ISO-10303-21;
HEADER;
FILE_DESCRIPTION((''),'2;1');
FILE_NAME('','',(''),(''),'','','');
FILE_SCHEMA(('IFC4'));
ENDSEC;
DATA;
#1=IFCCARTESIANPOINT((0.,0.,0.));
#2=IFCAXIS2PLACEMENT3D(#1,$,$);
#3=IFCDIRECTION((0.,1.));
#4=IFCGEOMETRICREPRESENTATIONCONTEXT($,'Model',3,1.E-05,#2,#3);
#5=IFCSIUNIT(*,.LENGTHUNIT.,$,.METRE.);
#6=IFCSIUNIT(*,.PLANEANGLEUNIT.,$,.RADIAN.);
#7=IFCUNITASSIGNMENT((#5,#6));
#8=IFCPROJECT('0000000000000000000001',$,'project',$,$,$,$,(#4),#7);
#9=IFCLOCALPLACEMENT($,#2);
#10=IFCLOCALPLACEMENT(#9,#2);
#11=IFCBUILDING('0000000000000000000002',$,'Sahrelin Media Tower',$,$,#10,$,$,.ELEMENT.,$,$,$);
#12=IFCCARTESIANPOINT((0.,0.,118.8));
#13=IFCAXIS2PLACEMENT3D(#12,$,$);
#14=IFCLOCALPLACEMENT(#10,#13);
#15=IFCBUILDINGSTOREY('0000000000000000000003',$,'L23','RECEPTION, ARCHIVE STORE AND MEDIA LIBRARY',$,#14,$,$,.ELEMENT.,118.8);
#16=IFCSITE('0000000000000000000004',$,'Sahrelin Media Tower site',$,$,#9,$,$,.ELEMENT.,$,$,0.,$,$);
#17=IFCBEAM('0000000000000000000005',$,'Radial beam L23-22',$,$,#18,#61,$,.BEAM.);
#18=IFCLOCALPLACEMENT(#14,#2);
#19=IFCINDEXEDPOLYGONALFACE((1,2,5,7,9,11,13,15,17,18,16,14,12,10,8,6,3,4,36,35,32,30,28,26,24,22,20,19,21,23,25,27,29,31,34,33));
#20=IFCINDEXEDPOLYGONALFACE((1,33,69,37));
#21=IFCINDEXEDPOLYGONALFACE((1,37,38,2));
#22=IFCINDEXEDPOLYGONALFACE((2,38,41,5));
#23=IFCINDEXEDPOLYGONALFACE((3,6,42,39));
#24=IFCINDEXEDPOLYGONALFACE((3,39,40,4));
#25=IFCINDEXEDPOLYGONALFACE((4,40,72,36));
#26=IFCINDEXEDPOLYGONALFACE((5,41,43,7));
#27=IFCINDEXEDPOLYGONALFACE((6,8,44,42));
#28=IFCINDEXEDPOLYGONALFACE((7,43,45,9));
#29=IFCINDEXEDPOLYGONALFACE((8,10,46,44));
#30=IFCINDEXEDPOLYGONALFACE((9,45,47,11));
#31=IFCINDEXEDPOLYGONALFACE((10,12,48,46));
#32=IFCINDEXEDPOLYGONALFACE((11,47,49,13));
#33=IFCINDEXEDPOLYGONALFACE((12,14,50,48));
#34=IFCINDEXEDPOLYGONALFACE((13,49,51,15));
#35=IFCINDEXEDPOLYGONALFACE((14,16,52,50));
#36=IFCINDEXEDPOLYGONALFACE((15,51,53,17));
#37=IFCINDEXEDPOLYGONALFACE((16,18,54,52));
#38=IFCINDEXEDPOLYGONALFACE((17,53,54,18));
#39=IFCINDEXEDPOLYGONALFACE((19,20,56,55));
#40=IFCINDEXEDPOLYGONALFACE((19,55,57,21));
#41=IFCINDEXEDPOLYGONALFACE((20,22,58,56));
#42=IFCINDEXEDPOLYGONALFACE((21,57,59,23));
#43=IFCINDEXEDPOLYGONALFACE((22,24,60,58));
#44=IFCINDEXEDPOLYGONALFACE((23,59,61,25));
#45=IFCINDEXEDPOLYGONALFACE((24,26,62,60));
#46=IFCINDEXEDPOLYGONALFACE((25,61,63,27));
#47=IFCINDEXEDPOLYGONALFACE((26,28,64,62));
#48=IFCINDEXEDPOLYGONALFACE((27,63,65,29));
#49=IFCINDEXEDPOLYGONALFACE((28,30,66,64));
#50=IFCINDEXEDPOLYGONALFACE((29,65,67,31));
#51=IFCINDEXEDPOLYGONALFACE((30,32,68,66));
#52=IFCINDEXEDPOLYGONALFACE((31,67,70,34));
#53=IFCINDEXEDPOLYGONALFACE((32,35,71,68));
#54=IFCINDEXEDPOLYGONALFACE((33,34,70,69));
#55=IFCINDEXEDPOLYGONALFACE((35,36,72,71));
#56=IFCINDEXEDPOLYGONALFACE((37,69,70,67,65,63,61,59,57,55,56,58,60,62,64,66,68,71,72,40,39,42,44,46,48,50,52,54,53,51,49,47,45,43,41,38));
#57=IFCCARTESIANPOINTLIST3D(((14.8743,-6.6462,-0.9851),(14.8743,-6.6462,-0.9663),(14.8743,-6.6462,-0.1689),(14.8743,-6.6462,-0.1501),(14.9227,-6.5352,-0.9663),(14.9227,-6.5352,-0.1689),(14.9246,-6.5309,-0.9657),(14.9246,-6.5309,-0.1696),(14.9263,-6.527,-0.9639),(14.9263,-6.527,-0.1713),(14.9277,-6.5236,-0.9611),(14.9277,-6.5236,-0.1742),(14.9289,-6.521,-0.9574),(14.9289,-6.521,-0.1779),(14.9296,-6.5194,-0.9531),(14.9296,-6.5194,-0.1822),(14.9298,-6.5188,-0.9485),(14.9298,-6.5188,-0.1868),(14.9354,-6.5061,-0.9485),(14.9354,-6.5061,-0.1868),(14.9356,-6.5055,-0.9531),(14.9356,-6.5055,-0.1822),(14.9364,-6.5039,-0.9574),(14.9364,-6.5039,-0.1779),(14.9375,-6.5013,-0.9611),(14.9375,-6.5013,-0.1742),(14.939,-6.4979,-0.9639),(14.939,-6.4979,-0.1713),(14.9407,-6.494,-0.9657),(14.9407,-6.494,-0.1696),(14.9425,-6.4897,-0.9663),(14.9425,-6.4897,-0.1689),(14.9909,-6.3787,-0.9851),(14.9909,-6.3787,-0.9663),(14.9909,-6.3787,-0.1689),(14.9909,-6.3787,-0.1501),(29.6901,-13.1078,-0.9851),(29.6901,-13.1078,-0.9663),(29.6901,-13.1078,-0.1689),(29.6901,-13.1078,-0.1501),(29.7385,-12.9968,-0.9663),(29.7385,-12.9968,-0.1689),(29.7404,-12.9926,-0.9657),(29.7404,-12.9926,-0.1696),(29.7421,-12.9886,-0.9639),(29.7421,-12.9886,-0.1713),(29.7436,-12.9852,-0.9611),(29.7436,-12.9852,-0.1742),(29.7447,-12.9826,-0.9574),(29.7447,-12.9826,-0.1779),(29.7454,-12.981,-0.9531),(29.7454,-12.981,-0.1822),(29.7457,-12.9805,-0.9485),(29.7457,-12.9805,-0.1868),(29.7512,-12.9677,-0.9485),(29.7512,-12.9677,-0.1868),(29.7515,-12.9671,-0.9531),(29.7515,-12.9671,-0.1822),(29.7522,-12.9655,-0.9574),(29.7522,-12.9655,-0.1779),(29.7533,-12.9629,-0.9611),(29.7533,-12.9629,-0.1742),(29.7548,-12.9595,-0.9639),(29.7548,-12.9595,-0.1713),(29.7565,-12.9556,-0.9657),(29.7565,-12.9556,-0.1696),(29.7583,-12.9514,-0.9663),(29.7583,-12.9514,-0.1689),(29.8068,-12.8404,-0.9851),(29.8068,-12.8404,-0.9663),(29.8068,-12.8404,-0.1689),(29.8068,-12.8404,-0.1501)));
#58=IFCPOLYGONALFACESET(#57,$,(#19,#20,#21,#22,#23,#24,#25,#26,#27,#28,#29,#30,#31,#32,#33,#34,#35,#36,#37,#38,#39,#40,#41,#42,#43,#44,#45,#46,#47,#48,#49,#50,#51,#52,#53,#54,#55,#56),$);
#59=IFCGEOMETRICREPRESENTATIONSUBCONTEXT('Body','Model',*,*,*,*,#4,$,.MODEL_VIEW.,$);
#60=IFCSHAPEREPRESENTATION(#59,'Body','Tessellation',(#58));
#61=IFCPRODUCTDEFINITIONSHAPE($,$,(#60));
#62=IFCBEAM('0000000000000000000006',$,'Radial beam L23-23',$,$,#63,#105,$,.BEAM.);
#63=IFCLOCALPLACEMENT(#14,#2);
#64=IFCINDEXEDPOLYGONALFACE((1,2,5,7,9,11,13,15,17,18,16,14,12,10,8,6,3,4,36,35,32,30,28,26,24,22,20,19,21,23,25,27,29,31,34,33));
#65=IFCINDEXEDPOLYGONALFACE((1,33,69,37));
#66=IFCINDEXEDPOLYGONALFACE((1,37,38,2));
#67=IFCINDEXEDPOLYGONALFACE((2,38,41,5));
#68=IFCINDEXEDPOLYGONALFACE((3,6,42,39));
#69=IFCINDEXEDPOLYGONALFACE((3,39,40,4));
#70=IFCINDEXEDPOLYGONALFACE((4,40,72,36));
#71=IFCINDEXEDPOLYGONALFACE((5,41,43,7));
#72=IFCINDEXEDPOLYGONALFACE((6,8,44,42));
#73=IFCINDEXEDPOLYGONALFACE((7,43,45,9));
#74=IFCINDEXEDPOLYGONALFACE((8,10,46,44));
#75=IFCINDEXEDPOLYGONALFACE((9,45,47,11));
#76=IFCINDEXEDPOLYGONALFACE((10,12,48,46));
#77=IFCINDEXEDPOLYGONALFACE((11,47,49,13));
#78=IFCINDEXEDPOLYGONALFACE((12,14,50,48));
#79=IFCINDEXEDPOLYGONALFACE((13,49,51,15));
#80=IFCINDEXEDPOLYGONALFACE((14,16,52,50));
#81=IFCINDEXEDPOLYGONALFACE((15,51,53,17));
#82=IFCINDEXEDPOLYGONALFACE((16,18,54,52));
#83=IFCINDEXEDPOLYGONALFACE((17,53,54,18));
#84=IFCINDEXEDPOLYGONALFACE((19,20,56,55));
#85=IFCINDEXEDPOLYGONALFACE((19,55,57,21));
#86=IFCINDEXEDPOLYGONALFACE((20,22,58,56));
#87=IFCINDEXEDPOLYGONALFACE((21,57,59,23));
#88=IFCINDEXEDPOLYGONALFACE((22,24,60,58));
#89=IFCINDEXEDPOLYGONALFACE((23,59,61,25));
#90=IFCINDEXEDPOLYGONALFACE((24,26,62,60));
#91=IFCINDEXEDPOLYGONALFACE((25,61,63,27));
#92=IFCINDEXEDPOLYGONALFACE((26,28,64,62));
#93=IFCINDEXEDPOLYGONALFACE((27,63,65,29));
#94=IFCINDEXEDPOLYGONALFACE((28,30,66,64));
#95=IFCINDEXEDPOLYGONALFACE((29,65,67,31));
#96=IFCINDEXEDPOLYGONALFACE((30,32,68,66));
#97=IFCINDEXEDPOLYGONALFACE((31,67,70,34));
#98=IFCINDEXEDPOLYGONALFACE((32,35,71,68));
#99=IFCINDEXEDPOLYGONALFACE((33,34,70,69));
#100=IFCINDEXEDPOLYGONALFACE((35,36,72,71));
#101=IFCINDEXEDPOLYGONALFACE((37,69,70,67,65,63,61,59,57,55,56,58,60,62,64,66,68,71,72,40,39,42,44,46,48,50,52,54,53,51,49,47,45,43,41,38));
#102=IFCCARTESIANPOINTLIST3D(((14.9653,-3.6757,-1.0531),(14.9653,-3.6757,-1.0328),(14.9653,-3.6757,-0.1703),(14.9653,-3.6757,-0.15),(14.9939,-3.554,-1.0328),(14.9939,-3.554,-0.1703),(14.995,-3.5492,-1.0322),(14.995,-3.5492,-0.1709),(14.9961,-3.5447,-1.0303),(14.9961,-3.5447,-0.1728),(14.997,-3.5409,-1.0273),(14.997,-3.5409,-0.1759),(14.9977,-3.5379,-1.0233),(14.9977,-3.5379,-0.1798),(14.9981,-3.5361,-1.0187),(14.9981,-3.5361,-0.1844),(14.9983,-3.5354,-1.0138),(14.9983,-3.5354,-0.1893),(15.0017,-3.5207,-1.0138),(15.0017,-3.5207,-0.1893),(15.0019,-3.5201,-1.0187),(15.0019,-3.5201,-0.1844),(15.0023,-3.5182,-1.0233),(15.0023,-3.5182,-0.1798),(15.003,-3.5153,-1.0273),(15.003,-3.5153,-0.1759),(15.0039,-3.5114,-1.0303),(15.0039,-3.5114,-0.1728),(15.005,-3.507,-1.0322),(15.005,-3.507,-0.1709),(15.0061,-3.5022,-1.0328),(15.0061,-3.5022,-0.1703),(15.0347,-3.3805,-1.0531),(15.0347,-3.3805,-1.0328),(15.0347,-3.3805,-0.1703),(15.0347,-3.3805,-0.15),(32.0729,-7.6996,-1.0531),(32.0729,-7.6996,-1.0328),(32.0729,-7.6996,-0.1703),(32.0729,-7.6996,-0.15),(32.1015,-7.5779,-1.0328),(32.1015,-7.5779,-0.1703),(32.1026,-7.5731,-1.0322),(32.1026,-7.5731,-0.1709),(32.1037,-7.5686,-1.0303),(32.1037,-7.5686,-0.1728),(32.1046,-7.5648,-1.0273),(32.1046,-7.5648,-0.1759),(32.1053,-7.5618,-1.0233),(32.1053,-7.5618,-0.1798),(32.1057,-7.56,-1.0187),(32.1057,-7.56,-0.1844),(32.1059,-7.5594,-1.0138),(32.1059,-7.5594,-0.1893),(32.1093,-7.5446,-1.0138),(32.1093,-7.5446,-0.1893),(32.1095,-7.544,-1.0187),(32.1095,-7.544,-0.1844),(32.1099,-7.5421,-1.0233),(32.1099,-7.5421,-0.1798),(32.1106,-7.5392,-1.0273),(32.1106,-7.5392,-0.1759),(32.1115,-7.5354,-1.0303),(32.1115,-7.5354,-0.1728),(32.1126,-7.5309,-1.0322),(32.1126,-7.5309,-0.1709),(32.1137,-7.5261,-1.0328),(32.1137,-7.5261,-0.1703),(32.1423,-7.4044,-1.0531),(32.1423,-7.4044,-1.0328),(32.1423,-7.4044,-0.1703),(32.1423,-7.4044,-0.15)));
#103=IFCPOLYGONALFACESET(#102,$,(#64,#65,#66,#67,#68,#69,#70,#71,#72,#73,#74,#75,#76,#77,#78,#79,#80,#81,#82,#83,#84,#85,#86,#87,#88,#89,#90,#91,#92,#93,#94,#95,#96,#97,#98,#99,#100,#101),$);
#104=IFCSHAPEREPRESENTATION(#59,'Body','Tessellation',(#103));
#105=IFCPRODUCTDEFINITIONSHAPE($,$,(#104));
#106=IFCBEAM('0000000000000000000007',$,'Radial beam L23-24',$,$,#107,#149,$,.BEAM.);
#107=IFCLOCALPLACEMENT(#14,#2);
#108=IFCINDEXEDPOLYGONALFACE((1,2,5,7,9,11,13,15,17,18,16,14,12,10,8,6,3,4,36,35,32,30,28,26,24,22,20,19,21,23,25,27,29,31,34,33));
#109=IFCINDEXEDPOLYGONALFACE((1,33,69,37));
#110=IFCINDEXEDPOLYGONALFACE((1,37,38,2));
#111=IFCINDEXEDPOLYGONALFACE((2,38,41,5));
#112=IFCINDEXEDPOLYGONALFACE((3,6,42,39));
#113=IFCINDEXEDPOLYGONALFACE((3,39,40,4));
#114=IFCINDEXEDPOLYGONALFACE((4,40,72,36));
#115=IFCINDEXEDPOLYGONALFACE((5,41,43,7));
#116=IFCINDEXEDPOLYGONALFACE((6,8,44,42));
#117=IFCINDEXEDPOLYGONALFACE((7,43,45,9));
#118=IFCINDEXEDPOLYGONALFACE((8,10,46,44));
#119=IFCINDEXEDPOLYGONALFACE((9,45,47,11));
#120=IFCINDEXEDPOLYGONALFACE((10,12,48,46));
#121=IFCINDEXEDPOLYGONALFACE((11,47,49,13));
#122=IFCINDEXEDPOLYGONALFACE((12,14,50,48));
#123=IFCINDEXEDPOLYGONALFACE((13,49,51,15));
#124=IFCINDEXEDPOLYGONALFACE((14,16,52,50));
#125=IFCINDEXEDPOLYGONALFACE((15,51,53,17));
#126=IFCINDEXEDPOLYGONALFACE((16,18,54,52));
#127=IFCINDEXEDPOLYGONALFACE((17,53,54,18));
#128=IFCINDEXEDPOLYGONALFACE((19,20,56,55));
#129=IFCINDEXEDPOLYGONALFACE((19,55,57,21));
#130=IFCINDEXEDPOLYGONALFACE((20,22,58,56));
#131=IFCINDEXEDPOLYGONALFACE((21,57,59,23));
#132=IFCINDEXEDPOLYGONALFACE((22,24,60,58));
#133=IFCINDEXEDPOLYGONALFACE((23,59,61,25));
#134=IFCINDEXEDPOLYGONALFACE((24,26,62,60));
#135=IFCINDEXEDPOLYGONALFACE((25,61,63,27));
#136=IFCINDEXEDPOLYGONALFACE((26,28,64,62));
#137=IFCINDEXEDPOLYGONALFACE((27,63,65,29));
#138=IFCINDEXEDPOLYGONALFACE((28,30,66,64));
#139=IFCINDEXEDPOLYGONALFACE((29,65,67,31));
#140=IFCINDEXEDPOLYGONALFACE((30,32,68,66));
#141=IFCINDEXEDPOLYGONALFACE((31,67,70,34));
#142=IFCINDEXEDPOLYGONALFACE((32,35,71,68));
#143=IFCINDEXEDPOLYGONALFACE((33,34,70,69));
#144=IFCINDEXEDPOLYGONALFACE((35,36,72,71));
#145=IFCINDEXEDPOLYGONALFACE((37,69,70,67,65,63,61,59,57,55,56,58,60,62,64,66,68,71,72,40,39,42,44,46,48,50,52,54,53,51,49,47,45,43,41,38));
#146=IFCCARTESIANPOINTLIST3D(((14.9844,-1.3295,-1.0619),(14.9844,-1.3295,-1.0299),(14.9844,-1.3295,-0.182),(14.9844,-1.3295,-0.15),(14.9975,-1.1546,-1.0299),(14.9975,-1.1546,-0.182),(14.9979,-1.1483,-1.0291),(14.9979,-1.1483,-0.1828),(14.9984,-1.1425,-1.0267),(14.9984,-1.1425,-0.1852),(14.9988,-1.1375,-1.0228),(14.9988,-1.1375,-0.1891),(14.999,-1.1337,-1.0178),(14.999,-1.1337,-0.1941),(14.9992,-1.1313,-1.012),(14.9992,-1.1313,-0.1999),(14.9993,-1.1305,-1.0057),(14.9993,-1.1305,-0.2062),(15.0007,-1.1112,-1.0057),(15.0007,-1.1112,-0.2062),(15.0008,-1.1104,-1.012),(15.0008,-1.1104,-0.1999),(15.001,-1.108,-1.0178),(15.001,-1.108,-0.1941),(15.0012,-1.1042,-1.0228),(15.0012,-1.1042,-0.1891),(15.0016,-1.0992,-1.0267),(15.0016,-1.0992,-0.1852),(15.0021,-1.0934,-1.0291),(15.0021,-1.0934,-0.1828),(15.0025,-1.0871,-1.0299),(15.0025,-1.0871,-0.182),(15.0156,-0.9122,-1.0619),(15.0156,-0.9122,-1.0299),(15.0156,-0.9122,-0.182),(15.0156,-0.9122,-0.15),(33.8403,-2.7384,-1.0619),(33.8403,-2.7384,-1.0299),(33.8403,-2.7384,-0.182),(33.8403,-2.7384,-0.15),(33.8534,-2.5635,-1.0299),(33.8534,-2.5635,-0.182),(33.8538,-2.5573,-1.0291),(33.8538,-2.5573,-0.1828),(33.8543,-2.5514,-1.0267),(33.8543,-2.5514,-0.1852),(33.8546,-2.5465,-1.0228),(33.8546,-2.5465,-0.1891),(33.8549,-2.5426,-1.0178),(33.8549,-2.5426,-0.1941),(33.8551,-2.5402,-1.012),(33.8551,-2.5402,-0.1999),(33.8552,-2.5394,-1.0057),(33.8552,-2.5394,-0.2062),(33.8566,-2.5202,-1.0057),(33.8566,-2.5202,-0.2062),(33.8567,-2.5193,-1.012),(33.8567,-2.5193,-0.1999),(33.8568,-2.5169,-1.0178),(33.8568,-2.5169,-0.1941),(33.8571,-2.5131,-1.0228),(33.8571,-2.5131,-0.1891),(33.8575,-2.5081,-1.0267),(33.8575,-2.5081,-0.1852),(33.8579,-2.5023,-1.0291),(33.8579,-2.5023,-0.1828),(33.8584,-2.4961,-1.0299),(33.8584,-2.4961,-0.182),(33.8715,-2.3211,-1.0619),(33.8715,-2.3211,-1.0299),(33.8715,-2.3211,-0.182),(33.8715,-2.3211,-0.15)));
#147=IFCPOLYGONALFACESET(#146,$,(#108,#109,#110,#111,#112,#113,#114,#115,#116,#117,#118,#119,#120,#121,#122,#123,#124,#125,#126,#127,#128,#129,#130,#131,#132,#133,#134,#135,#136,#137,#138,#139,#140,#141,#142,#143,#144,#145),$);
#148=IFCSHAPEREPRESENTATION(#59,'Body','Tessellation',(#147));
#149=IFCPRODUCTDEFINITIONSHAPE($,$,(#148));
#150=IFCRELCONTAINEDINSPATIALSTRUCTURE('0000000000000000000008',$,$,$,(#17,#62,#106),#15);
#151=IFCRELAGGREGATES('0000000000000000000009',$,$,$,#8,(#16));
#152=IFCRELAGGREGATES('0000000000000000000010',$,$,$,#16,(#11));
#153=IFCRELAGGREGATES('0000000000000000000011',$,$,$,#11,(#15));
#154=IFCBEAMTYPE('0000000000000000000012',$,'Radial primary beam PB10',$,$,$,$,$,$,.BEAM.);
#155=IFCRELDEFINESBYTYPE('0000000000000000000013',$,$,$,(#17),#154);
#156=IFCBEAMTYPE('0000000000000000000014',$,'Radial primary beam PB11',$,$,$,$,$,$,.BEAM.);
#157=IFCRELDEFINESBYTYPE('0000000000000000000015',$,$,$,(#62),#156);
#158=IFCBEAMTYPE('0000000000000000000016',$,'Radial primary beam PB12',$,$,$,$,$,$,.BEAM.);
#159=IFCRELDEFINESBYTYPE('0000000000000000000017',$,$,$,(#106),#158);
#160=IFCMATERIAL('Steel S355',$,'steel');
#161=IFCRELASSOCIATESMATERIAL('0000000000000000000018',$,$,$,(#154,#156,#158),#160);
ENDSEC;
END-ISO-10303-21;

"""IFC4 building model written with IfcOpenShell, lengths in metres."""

from ifc_helpers import new_model, si_unit, direction, frame, origin, origin_2d, place, context, subcontext, project, spatial, i_section, extrude, material, material_profile, profile_set, type_object, element, save


model = new_model("IFC4")

# Units and contexts
model_context = context("Model", 3, precision=1e-05, world=origin(), true_north=direction((0.0, 1.0)))
body_context = subcontext(model_context, "Body", "Model", "MODEL_VIEW")
ifc_project = project(units=[si_unit("LENGTHUNIT", "METRE"), si_unit("PLANEANGLEUNIT", "RADIAN")], contexts=[model_context])

# Site, building, storey
site_placement = place(None, origin())
site = spatial("IfcSite", under=ifc_project, at=site_placement, Name="Sahrelin Media Tower site", CompositionType="ELEMENT", RefElevation=0.0)
building_placement = place(site_placement, origin())
building = spatial("IfcBuilding", under=site, at=building_placement, Name="Sahrelin Media Tower", CompositionType="ELEMENT")
storey_placement = place(building_placement, frame((0.0, 0.0, 118.8)))
storey = spatial("IfcBuildingStorey", under=building, at=storey_placement, Name="L23", Description="RECEPTION, ARCHIVE STORE AND MEDIA LIBRARY", CompositionType="ELEMENT", Elevation=118.8)

# Beams
ifc_material_1 = material(Name="Steel S355", Category="steel")
ifc_material_profile_1 = material_profile(ifc_material_1, i_section(OverallWidth=0.2917, OverallDepth=0.835, WebThickness=0.0139, FlangeThickness=0.0188, FilletRadius=0.0178, at=origin_2d()), Name="UB 838x292x176")
ifc_profile_set_1 = profile_set([ifc_material_profile_1], Name="Steel S355")
beam_type_1 = type_object("IfcBeamType", Name="Radial primary beam PB10", PredefinedType="BEAM", material=ifc_profile_set_1)
beam_1_placement = place(storey_placement, frame((14.9326, -6.5125, -0.5676), z_axis=(0.916618, -0.399765, 0.0), x_axis=(0.399765, 0.916618, 0.0)))
element("IfcBeam", 1, at=beam_1_placement, inside=storey, type_object=beam_type_1, Name="Radial beam L23-22", PredefinedType="BEAM", context=body_context, shape_type="SweptSolid", body=[
    extrude(i_section(OverallWidth=0.2917, OverallDepth=0.835, WebThickness=0.0139, FlangeThickness=0.0188, FilletRadius=0.0178, at=origin_2d()), origin(), (0.0, 0.0, 1.0), 16.1636),
])
ifc_material_profile_2 = material_profile(ifc_material_1, i_section(OverallWidth=0.3032, OverallDepth=0.9031, WebThickness=0.0151, FlangeThickness=0.0203, FilletRadius=0.019, at=origin_2d()), Name="UB 914x305x201")
ifc_profile_set_2 = profile_set([ifc_material_profile_2], Name="Steel S355")
beam_type_2 = type_object("IfcBeamType", Name="Radial primary beam PB11", PredefinedType="BEAM", material=ifc_profile_set_2)
beam_2_placement = place(storey_placement, frame((15.0, -3.5281, -0.6016), z_axis=(0.973435, -0.228963, 0.0), x_axis=(0.228963, 0.973435, 0.0)))
element("IfcBeam", 2, at=beam_2_placement, inside=storey, type_object=beam_type_2, Name="Radial beam L23-23", PredefinedType="BEAM", context=body_context, shape_type="SweptSolid", body=[
    extrude(i_section(OverallWidth=0.3032, OverallDepth=0.9031, WebThickness=0.0151, FlangeThickness=0.0203, FilletRadius=0.019, at=origin_2d()), origin(), (0.0, 0.0, 1.0), 17.5745),
])
ifc_material_profile_3 = material_profile(ifc_material_1, i_section(OverallWidth=0.4185, OverallDepth=0.9119, WebThickness=0.0193, FlangeThickness=0.032, FilletRadius=0.0242, at=origin_2d()), Name="UB 914x419x343")
ifc_profile_set_3 = profile_set([ifc_material_profile_3], Name="Steel S355")
beam_type_3 = type_object("IfcBeamType", Name="Radial primary beam PB12", PredefinedType="BEAM", material=ifc_profile_set_3)
beam_3_placement = place(storey_placement, frame((15.0, -1.1208, -0.606), z_axis=(0.99722, -0.074513, 0.0), x_axis=(0.074513, 0.99722, 0.0)))
element("IfcBeam", 3, at=beam_3_placement, inside=storey, type_object=beam_type_3, Name="Radial beam L23-24", PredefinedType="BEAM", context=body_context, shape_type="SweptSolid", body=[
    extrude(i_section(OverallWidth=0.4185, OverallDepth=0.9119, WebThickness=0.0193, FlangeThickness=0.032, FilletRadius=0.0242, at=origin_2d()), origin(), (0.0, 0.0, 1.0), 18.9084),
])

save(model, "model.ifc")
